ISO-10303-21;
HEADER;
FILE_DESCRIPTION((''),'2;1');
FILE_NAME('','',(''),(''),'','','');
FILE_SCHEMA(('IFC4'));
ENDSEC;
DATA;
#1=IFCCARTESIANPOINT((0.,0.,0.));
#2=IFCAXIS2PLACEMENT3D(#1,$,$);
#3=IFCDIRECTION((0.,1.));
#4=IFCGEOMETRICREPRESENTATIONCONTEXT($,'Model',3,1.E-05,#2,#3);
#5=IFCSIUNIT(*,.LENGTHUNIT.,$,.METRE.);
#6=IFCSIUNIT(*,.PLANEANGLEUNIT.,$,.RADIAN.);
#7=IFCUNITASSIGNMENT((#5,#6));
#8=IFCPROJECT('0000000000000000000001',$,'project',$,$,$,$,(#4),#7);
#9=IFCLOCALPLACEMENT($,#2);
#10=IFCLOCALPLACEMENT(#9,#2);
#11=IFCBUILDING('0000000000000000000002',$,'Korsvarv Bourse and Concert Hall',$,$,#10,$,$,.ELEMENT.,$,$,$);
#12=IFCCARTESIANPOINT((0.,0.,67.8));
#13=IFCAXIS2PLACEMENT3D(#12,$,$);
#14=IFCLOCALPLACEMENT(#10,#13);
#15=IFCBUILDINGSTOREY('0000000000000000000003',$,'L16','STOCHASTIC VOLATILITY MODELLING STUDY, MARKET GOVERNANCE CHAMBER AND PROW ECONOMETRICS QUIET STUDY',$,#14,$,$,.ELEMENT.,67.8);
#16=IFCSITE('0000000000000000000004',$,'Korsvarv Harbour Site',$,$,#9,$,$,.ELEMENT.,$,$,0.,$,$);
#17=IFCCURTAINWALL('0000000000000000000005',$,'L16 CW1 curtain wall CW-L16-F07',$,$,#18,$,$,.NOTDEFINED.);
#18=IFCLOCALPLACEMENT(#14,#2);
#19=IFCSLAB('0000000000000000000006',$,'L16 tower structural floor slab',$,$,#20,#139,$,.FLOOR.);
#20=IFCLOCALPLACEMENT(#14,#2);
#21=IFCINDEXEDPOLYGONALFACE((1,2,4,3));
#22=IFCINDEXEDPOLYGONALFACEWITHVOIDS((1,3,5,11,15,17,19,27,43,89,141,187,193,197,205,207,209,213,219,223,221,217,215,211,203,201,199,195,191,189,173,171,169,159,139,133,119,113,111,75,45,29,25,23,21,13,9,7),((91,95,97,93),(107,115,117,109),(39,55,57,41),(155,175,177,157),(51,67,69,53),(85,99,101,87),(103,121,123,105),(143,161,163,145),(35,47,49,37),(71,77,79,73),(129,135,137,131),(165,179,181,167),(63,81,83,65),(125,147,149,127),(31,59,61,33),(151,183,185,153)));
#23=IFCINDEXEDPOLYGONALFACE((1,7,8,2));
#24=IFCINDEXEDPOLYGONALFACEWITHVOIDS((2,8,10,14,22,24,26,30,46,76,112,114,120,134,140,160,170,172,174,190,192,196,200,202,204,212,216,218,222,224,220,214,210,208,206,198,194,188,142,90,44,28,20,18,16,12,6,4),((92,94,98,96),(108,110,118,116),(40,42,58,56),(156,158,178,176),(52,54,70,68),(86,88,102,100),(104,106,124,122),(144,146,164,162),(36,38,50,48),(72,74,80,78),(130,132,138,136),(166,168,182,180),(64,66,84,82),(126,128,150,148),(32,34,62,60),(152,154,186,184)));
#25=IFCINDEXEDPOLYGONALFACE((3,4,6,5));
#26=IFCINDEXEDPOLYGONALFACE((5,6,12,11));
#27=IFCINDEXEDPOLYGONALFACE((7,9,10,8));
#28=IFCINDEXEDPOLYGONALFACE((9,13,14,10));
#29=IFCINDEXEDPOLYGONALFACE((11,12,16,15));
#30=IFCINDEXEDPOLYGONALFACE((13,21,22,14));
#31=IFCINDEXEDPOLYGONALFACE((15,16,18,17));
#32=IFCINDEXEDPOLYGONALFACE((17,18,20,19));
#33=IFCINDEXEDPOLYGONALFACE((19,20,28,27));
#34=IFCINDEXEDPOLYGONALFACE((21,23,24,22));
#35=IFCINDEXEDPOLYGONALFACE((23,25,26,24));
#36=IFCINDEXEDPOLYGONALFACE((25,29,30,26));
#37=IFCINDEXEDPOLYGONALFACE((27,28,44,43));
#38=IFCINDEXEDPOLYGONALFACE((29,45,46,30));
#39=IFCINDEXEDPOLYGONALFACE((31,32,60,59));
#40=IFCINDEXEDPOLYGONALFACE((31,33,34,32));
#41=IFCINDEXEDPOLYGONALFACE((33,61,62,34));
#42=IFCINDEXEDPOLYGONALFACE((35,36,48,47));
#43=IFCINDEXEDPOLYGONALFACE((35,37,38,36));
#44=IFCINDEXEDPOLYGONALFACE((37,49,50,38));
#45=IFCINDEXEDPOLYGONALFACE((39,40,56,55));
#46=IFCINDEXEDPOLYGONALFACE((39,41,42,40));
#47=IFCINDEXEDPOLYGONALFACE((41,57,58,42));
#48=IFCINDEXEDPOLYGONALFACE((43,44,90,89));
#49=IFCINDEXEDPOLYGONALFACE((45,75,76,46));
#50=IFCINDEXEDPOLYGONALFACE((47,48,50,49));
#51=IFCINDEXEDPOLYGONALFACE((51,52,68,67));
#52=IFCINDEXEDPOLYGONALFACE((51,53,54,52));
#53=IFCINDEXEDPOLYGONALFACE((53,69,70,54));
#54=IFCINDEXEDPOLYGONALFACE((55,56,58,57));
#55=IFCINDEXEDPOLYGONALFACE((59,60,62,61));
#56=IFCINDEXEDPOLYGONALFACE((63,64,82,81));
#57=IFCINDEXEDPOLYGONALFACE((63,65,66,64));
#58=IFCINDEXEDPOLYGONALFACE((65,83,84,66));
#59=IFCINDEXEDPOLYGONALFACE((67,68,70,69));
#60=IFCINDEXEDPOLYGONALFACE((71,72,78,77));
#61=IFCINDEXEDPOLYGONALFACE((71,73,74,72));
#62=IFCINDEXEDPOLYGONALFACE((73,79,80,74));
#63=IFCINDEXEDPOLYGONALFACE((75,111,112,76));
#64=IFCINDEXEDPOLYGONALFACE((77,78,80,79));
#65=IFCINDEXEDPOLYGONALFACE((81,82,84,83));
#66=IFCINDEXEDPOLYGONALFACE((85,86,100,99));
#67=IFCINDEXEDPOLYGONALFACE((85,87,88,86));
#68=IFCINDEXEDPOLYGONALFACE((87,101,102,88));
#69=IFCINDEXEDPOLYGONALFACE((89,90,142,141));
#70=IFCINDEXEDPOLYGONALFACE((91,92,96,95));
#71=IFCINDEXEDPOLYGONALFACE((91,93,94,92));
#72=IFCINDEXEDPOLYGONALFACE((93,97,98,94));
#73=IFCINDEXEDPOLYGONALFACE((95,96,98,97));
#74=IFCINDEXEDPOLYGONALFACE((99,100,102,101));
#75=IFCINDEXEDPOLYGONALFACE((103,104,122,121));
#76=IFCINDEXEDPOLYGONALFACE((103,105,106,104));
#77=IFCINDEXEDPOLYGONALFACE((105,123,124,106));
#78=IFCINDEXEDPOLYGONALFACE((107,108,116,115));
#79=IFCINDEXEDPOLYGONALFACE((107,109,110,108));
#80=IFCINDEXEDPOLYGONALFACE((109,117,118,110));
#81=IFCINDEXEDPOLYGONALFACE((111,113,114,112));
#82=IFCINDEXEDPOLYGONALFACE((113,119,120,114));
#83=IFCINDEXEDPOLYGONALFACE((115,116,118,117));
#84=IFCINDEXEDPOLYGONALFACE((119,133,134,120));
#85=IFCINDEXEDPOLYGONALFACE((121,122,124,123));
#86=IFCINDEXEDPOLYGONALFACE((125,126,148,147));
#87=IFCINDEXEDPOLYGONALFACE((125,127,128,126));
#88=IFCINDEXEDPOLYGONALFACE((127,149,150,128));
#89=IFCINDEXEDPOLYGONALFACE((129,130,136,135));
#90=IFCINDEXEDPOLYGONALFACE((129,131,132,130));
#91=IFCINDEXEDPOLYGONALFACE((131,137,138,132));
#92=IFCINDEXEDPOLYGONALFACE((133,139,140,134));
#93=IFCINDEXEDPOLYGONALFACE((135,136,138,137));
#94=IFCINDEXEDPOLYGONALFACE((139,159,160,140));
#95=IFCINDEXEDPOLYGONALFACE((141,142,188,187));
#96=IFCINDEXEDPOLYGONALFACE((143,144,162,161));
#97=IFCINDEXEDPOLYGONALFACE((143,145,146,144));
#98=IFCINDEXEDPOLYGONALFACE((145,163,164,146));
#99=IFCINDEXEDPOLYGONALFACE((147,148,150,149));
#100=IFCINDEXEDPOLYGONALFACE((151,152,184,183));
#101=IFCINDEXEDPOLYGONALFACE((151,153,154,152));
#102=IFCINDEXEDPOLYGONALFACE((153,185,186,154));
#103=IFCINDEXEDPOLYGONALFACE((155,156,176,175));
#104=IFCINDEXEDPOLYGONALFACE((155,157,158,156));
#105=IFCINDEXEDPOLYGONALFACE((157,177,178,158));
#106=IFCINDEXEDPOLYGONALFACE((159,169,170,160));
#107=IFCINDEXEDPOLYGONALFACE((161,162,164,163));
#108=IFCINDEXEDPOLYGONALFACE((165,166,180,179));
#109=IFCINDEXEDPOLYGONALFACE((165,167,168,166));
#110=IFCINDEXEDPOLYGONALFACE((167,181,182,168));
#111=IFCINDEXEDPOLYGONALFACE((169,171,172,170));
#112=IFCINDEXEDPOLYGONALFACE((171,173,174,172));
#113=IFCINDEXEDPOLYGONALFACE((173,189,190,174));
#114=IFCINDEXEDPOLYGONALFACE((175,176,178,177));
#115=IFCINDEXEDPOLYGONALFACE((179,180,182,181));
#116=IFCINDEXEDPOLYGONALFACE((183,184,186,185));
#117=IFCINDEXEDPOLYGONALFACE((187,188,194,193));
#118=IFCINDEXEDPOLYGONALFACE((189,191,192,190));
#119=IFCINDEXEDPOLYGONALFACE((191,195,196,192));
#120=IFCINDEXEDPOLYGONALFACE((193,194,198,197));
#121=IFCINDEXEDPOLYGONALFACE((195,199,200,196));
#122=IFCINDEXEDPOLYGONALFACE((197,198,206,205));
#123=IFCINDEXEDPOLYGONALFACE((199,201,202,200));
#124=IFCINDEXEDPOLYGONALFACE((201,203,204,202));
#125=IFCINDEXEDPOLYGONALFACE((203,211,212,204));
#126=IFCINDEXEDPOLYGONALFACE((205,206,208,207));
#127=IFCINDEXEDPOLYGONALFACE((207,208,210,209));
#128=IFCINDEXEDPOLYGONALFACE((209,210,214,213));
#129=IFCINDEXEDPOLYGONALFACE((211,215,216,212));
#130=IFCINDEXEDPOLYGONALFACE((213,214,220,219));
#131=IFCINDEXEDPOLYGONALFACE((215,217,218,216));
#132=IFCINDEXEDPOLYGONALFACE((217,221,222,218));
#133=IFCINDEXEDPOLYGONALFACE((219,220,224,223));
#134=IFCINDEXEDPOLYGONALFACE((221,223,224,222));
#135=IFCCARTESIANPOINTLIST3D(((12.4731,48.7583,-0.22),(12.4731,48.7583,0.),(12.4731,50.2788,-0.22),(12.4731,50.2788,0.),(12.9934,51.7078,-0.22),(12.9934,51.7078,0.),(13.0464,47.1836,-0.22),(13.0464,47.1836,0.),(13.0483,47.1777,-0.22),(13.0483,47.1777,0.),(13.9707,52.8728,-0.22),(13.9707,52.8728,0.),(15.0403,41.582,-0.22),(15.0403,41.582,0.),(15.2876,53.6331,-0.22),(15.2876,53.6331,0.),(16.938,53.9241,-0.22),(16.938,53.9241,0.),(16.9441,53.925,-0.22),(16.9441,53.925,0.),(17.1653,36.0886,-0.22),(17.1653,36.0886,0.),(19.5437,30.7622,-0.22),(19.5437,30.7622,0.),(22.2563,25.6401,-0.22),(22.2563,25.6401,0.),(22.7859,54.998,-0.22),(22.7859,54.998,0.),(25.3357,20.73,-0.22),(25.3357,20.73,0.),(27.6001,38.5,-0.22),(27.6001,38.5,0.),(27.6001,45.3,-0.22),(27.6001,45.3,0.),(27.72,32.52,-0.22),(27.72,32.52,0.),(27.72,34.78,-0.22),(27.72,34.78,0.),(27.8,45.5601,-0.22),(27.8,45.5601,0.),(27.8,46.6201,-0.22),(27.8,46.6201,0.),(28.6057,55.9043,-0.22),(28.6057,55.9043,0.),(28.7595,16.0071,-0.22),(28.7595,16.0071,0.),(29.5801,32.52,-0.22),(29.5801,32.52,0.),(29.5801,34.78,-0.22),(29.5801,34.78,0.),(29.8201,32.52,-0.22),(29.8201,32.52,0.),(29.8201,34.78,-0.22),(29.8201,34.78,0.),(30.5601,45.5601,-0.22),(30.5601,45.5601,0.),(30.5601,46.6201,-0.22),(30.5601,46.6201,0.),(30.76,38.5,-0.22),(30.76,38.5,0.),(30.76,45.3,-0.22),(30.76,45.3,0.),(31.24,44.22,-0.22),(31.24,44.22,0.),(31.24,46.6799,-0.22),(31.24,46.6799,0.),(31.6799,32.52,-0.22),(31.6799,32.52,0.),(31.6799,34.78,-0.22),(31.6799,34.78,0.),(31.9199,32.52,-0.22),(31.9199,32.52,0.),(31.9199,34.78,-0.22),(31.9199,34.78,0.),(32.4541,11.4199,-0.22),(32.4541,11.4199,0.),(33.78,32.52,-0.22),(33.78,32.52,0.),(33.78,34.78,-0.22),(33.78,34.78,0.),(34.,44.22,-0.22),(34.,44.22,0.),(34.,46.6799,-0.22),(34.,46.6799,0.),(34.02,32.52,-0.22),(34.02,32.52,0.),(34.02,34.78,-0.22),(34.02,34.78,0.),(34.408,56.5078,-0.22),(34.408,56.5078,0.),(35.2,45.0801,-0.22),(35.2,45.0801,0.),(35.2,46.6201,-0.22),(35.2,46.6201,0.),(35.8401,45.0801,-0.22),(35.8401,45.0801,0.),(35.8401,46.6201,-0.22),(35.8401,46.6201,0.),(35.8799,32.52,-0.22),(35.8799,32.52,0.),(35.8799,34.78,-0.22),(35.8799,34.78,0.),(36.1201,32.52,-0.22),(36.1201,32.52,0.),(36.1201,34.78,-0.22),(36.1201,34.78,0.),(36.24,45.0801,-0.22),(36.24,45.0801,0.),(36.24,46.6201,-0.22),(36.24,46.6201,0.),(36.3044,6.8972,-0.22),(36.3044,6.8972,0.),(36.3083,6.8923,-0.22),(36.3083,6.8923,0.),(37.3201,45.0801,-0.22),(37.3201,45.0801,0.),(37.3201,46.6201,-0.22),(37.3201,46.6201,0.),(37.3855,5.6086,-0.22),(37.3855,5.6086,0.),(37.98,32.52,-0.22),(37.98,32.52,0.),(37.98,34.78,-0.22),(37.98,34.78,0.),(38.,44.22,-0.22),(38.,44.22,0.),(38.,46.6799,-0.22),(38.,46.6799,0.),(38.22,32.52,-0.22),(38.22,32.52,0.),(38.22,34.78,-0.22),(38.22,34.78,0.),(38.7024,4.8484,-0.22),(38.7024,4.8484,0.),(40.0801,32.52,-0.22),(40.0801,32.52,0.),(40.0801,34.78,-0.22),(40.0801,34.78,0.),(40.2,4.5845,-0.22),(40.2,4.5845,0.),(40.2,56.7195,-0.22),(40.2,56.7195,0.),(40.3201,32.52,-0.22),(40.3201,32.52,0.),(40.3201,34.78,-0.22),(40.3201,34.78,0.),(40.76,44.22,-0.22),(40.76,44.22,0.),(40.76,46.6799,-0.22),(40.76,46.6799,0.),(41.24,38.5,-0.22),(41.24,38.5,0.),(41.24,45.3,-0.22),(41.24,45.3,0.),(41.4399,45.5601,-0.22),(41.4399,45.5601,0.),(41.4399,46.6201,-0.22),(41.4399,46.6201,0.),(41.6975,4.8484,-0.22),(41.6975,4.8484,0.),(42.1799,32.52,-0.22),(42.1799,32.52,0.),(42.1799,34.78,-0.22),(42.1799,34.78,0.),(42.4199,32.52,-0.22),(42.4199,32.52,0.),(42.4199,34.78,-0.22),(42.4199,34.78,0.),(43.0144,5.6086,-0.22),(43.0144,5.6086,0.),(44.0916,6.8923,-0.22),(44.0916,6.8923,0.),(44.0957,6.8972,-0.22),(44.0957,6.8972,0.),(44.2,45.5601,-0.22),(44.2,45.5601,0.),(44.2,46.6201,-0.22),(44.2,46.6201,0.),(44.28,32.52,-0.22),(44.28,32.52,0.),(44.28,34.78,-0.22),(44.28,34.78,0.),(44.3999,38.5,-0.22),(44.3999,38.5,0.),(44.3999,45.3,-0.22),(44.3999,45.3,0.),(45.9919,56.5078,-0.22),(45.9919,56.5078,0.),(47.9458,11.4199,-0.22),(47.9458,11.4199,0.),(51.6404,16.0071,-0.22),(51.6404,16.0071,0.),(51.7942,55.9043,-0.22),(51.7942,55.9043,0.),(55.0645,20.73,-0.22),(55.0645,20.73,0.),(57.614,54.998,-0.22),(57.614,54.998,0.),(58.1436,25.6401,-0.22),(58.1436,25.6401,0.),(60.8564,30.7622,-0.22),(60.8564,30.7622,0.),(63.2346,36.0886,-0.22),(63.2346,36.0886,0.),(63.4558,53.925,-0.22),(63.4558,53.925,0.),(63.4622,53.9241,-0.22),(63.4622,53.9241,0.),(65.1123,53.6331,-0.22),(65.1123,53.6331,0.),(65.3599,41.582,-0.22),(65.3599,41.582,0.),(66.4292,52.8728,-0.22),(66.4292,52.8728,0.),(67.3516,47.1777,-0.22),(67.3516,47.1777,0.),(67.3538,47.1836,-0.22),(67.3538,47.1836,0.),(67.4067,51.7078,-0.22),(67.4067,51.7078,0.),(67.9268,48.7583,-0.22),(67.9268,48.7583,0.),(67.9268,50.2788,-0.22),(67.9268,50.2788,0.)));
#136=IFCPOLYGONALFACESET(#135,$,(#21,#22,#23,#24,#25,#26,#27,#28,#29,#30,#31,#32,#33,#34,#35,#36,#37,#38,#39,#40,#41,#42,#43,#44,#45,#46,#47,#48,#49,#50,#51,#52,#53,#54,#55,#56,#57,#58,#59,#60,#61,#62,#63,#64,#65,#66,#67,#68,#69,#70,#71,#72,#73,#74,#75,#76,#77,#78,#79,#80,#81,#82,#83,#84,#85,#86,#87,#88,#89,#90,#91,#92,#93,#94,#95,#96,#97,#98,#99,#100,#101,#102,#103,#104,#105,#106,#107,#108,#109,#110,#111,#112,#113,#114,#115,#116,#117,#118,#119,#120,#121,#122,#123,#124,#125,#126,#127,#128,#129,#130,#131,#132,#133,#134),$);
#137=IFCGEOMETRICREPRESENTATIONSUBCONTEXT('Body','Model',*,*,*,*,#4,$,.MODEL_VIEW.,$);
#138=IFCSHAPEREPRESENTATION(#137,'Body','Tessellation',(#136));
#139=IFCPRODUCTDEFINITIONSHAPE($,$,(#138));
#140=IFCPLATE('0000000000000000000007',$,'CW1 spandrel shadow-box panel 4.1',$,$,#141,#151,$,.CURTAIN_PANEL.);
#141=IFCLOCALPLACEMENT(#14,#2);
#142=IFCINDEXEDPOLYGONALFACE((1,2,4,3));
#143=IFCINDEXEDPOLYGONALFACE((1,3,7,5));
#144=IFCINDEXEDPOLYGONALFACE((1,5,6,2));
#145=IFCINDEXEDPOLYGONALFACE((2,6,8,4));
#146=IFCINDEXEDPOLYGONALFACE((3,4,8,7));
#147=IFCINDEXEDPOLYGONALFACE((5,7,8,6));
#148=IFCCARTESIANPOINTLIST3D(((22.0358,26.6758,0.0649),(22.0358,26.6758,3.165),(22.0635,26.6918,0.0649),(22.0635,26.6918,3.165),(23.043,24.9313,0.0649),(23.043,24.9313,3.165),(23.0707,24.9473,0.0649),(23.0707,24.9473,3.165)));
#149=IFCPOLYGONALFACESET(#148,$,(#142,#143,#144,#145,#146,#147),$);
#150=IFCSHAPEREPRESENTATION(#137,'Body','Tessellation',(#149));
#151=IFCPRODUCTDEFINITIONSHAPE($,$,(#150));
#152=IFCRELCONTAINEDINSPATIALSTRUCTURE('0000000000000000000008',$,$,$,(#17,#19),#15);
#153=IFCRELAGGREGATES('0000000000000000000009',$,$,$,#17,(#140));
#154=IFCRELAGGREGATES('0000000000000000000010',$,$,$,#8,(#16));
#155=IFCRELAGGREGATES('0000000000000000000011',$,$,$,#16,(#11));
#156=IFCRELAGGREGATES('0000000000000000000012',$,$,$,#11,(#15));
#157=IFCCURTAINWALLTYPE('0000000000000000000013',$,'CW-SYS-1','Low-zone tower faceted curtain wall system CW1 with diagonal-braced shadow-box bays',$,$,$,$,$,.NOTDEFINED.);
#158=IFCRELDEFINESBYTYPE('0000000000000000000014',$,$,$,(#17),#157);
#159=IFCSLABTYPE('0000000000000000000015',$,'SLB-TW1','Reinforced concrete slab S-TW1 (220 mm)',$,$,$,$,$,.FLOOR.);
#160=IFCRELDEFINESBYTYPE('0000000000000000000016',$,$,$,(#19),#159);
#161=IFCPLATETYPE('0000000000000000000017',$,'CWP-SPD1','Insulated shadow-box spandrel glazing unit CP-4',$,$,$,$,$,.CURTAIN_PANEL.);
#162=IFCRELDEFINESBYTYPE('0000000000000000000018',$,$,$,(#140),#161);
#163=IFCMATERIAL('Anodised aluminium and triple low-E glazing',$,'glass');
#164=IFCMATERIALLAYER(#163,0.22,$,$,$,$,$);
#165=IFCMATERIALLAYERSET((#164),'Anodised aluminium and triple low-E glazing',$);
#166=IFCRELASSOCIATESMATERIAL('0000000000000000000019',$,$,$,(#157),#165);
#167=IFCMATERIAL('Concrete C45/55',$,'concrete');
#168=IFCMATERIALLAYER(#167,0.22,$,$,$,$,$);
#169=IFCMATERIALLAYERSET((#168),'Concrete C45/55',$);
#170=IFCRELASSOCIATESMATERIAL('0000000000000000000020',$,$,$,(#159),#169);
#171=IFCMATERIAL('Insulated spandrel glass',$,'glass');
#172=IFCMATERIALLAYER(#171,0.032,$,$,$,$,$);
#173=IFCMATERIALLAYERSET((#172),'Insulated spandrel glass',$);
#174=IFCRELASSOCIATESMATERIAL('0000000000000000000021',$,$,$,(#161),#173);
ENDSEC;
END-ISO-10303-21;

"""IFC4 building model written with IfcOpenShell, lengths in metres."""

from ifc_helpers import new_model, si_unit, direction, frame, origin, origin_2d, place, context, subcontext, project, spatial, polyline, rectangle, outline, extrude, source, transform, mapped, material, layer, layer_set, type_object, element, aggregate, save


model = new_model("IFC4")

# Units and contexts
model_context = context("Model", 3, precision=1e-05, world=origin(), true_north=direction((0.0, 1.0)))
body_context = subcontext(model_context, "Body", "Model", "MODEL_VIEW")
ifc_project = project(units=[si_unit("LENGTHUNIT", "METRE"), si_unit("PLANEANGLEUNIT", "RADIAN")], contexts=[model_context])

# Site, building, storey
site_placement = place(None, origin())
site = spatial("IfcSite", under=ifc_project, at=site_placement, Name="Korsvarv Harbour Site", CompositionType="ELEMENT", RefElevation=0.0)
building_placement = place(site_placement, origin())
building = spatial("IfcBuilding", under=site, at=building_placement, Name="Korsvarv Bourse and Concert Hall", CompositionType="ELEMENT")
storey_placement = place(building_placement, frame((0.0, 0.0, 67.8)))
storey = spatial("IfcBuildingStorey", under=building, at=storey_placement, Name="L16", Description="STOCHASTIC VOLATILITY MODELLING STUDY, MARKET GOVERNANCE CHAMBER AND PROW ECONOMETRICS QUIET STUDY", CompositionType="ELEMENT", Elevation=67.8)

# Curtain wall
ifc_material_1 = material(Name="Anodised aluminium and triple low-E glazing", Category="glass")
ifc_layer_1 = layer(ifc_material_1, 0.22)
ifc_layer_set_1 = layer_set([ifc_layer_1], Name="Anodised aluminium and triple low-E glazing")
curtain_wall_type = type_object("IfcCurtainWallType", Name="CW-SYS-1", Description="Low-zone tower faceted curtain wall system CW1 with diagonal-braced shadow-box bays", PredefinedType="NOTDEFINED", material=ifc_layer_set_1)
curtain_wall_placement = place(storey_placement, origin())
curtain_wall = element("IfcCurtainWall", 1, at=curtain_wall_placement, inside=storey, type_object=curtain_wall_type, Name="L16 CW1 curtain wall CW-L16-F07", PredefinedType="NOTDEFINED")

# Slab
ifc_material_2 = material(Name="Concrete C45/55", Category="concrete")
ifc_layer_2 = layer(ifc_material_2, 0.22)
ifc_layer_set_2 = layer_set([ifc_layer_2], Name="Concrete C45/55")
slab_type_1 = type_object("IfcSlabType", Name="SLB-TW1", Description="Reinforced concrete slab S-TW1 (220 mm)", PredefinedType="FLOOR", material=ifc_layer_set_2)
slab_1_placement = place(storey_placement, frame((0.0, 0.0, -0.22)))
element("IfcSlab", 2, at=slab_1_placement, inside=storey, type_object=slab_type_1, Name="L16 tower structural floor slab", PredefinedType="FLOOR", context=body_context, shape_type="SweptSolid", body=[
    extrude(outline(polyline([(67.3516, 47.1777), (65.3599, 41.582), (63.2346, 36.0886), (60.8564, 30.7622), (58.1436, 25.6401), (55.0645, 20.73), (51.6404, 16.0071), (47.9458, 11.4199), (44.0957, 6.8972), (44.0916, 6.8923), (43.0144, 5.6086), (41.6975, 4.8484), (40.2, 4.5845), (38.7024, 4.8484), (37.3855, 5.6086), (36.3083, 6.8923), (36.3044, 6.8972), (32.4541, 11.4199), (28.7595, 16.0071), (25.3357, 20.73), (22.2563, 25.6401), (19.5437, 30.7622), (17.1653, 36.0886), (15.0403, 41.582), (13.0483, 47.1777), (13.0464, 47.1836), (12.4731, 48.7583), (12.4731, 50.2788), (12.9934, 51.7078), (13.9707, 52.8728), (15.2876, 53.6331), (16.938, 53.9241), (16.9441, 53.925), (22.7859, 54.998), (28.6057, 55.9043), (34.408, 56.5078), (40.2, 56.7195), (45.9919, 56.5078), (51.7942, 55.9043), (57.614, 54.998), (63.4558, 53.925), (63.4622, 53.9241), (65.1123, 53.6331), (66.4292, 52.8728), (67.4067, 51.7078), (67.9268, 50.2788), (67.9268, 48.7583), (67.3538, 47.1836), (67.3516, 47.1777)]), holes=[polyline([(30.76, 38.5), (30.76, 45.3), (27.6001, 45.3), (27.6001, 38.5), (30.76, 38.5)]), polyline([(44.3999, 38.5), (44.3999, 45.3), (41.24, 45.3), (41.24, 38.5), (44.3999, 38.5)]), polyline([(31.24, 44.22), (34.0, 44.22), (34.0, 46.6799), (31.24, 46.6799), (31.24, 44.22)]), polyline([(38.0, 44.22), (40.76, 44.22), (40.76, 46.6799), (38.0, 46.6799), (38.0, 44.22)]), polyline([(27.72, 32.52), (29.5801, 32.52), (29.5801, 34.78), (27.72, 34.78), (27.72, 32.52)]), polyline([(29.8201, 32.52), (31.6799, 32.52), (31.6799, 34.78), (29.8201, 34.78), (29.8201, 32.52)]), polyline([(31.9199, 32.52), (33.78, 32.52), (33.78, 34.78), (31.9199, 34.78), (31.9199, 32.52)]), polyline([(34.02, 32.52), (35.8799, 32.52), (35.8799, 34.78), (34.02, 34.78), (34.02, 32.52)]), polyline([(36.1201, 32.52), (37.98, 32.52), (37.98, 34.78), (36.1201, 34.78), (36.1201, 32.52)]), polyline([(38.22, 32.52), (40.0801, 32.52), (40.0801, 34.78), (38.22, 34.78), (38.22, 32.52)]), polyline([(40.3201, 32.52), (42.1799, 32.52), (42.1799, 34.78), (40.3201, 34.78), (40.3201, 32.52)]), polyline([(42.4199, 32.52), (44.28, 32.52), (44.28, 34.78), (42.4199, 34.78), (42.4199, 32.52)]), polyline([(27.8, 45.5601), (30.5601, 45.5601), (30.5601, 46.6201), (27.8, 46.6201), (27.8, 45.5601)]), polyline([(41.4399, 45.5601), (44.2, 45.5601), (44.2, 46.6201), (41.4399, 46.6201), (41.4399, 45.5601)]), polyline([(35.2, 45.0801), (35.8401, 45.0801), (35.8401, 46.6201), (35.2, 46.6201), (35.2, 45.0801)]), polyline([(36.24, 45.0801), (37.3201, 45.0801), (37.3201, 46.6201), (36.24, 46.6201), (36.24, 45.0801)])]), origin(), (0.0, 0.0, 1.0), 0.22),
])

# Plate
ifc_material_3 = material(Name="Insulated spandrel glass", Category="glass")
ifc_layer_3 = layer(ifc_material_3, 0.032)
ifc_layer_set_3 = layer_set([ifc_layer_3], Name="Insulated spandrel glass")
plate_type = type_object("IfcPlateType", Name="CWP-SPD1", Description="Insulated shadow-box spandrel glazing unit CP-4", PredefinedType="CURTAIN_PANEL", material=ifc_layer_set_3)
shared_shape_1 = source(origin(), body_context, "Body", "SweptSolid", [
    extrude(rectangle(XDim=2.0144, YDim=0.032, at=origin_2d()), origin(), (0.0, 0.0, 1.0), 3.1001),
])
plate_placement = place(storey_placement, frame((22.5532, 25.8115, 0.0649), z_axis=(0.0, 0.0, 1.0), x_axis=(0.500006, -0.866022, 0.0)))
plate = element("IfcPlate", 3, at=plate_placement, type_object=plate_type, Name="CW1 spandrel shadow-box panel 4.1", PredefinedType="CURTAIN_PANEL", context=body_context, shape_type="MappedRepresentation", body=[
    mapped(shared_shape_1, transform((0.0, 0.0, 0.0), scale=1.0)),
])
aggregate(curtain_wall, [plate])

save(model, "model.ifc")
